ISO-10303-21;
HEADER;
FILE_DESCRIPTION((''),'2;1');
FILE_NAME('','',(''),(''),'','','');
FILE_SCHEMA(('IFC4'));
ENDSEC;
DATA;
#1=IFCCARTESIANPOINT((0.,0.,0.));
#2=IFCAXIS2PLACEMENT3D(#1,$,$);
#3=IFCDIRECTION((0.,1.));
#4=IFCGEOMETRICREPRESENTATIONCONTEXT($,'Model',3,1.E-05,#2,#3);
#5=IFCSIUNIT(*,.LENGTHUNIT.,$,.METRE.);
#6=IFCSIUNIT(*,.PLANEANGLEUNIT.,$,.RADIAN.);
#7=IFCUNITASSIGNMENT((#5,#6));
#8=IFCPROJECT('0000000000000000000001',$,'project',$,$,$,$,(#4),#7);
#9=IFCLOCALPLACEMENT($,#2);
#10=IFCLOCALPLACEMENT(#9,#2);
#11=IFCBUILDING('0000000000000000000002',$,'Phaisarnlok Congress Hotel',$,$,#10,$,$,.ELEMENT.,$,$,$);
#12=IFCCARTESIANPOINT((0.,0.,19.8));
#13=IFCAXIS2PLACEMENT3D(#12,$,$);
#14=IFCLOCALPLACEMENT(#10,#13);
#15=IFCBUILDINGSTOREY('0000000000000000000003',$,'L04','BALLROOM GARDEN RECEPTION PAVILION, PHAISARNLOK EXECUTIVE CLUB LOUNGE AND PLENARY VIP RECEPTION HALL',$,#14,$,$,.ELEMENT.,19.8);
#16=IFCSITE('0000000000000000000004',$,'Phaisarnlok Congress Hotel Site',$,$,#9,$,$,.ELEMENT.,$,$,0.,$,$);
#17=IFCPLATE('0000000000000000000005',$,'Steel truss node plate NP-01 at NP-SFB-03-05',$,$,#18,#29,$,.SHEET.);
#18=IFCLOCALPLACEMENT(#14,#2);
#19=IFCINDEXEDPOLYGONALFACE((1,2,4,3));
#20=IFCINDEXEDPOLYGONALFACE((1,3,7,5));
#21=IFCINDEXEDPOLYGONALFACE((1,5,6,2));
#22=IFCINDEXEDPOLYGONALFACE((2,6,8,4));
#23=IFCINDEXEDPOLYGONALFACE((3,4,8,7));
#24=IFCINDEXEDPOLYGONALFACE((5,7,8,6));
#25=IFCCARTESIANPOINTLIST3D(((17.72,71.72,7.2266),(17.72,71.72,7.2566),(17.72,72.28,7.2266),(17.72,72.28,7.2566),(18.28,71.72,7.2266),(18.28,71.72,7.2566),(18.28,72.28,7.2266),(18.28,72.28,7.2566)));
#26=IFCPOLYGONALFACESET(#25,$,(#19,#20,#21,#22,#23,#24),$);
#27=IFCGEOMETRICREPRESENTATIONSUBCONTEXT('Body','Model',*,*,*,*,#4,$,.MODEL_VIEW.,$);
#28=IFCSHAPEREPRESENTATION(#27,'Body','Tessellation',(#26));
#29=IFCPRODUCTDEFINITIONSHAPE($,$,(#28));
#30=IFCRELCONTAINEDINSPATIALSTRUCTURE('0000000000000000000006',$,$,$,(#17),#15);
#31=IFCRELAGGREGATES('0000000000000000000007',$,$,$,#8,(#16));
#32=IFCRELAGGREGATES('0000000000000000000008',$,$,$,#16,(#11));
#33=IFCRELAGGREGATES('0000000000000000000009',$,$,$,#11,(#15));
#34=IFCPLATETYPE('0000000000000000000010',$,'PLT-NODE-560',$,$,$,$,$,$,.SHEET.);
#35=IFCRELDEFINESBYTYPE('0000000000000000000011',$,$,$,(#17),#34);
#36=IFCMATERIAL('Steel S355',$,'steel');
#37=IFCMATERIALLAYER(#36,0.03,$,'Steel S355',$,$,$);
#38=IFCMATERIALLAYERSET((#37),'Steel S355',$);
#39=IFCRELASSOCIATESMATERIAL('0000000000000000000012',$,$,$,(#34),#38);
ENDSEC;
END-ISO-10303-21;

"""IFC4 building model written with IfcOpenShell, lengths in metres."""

from ifc_helpers import new_model, si_unit, direction, frame, origin, origin_2d, place, context, subcontext, project, spatial, rectangle, extrude, material, layer, layer_set, type_object, element, save


model = new_model("IFC4")

# Units and contexts
model_context = context("Model", 3, precision=1e-05, world=origin(), true_north=direction((0.0, 1.0)))
body_context = subcontext(model_context, "Body", "Model", "MODEL_VIEW")
ifc_project = project(units=[si_unit("LENGTHUNIT", "METRE"), si_unit("PLANEANGLEUNIT", "RADIAN")], contexts=[model_context])

# Site, building, storey
site_placement = place(None, origin())
site = spatial("IfcSite", under=ifc_project, at=site_placement, Name="Phaisarnlok Congress Hotel Site", CompositionType="ELEMENT", RefElevation=0.0)
building_placement = place(site_placement, origin())
building = spatial("IfcBuilding", under=site, at=building_placement, Name="Phaisarnlok Congress Hotel", CompositionType="ELEMENT")
storey_placement = place(building_placement, frame((0.0, 0.0, 19.8)))
storey = spatial("IfcBuildingStorey", under=building, at=storey_placement, Name="L04", Description="BALLROOM GARDEN RECEPTION PAVILION, PHAISARNLOK EXECUTIVE CLUB LOUNGE AND PLENARY VIP RECEPTION HALL", CompositionType="ELEMENT", Elevation=19.8)

# Shared definitions
ifc_material = material(Name="Steel S355", Category="steel")

# Plate
ifc_layer_1 = layer(ifc_material, 0.03, Name="Steel S355")
ifc_layer_set_1 = layer_set([ifc_layer_1], Name="Steel S355")
plate_type_1 = type_object("IfcPlateType", Name="PLT-NODE-560", PredefinedType="SHEET", material=ifc_layer_set_1)
for number, where, z_axis, x_axis, name in (
    (1, (18.0, 72.0, 7.2266), (0.0, 0.0, 1.0), (1.0, 0.0, 0.0), "Steel truss node plate NP-01 at NP-SFB-03-05"),
):
    element("IfcPlate", number, at=place(storey_placement, frame(where, z_axis=z_axis, x_axis=x_axis)), inside=storey, type_object=plate_type_1, Name=name, PredefinedType="SHEET", context=body_context, shape_type="SweptSolid", body=[
        extrude(rectangle(XDim=0.5601, YDim=0.5601, at=origin_2d()), origin(), (0.0, 0.0, 1.0), 0.03),
    ])

save(model, "model.ifc")
